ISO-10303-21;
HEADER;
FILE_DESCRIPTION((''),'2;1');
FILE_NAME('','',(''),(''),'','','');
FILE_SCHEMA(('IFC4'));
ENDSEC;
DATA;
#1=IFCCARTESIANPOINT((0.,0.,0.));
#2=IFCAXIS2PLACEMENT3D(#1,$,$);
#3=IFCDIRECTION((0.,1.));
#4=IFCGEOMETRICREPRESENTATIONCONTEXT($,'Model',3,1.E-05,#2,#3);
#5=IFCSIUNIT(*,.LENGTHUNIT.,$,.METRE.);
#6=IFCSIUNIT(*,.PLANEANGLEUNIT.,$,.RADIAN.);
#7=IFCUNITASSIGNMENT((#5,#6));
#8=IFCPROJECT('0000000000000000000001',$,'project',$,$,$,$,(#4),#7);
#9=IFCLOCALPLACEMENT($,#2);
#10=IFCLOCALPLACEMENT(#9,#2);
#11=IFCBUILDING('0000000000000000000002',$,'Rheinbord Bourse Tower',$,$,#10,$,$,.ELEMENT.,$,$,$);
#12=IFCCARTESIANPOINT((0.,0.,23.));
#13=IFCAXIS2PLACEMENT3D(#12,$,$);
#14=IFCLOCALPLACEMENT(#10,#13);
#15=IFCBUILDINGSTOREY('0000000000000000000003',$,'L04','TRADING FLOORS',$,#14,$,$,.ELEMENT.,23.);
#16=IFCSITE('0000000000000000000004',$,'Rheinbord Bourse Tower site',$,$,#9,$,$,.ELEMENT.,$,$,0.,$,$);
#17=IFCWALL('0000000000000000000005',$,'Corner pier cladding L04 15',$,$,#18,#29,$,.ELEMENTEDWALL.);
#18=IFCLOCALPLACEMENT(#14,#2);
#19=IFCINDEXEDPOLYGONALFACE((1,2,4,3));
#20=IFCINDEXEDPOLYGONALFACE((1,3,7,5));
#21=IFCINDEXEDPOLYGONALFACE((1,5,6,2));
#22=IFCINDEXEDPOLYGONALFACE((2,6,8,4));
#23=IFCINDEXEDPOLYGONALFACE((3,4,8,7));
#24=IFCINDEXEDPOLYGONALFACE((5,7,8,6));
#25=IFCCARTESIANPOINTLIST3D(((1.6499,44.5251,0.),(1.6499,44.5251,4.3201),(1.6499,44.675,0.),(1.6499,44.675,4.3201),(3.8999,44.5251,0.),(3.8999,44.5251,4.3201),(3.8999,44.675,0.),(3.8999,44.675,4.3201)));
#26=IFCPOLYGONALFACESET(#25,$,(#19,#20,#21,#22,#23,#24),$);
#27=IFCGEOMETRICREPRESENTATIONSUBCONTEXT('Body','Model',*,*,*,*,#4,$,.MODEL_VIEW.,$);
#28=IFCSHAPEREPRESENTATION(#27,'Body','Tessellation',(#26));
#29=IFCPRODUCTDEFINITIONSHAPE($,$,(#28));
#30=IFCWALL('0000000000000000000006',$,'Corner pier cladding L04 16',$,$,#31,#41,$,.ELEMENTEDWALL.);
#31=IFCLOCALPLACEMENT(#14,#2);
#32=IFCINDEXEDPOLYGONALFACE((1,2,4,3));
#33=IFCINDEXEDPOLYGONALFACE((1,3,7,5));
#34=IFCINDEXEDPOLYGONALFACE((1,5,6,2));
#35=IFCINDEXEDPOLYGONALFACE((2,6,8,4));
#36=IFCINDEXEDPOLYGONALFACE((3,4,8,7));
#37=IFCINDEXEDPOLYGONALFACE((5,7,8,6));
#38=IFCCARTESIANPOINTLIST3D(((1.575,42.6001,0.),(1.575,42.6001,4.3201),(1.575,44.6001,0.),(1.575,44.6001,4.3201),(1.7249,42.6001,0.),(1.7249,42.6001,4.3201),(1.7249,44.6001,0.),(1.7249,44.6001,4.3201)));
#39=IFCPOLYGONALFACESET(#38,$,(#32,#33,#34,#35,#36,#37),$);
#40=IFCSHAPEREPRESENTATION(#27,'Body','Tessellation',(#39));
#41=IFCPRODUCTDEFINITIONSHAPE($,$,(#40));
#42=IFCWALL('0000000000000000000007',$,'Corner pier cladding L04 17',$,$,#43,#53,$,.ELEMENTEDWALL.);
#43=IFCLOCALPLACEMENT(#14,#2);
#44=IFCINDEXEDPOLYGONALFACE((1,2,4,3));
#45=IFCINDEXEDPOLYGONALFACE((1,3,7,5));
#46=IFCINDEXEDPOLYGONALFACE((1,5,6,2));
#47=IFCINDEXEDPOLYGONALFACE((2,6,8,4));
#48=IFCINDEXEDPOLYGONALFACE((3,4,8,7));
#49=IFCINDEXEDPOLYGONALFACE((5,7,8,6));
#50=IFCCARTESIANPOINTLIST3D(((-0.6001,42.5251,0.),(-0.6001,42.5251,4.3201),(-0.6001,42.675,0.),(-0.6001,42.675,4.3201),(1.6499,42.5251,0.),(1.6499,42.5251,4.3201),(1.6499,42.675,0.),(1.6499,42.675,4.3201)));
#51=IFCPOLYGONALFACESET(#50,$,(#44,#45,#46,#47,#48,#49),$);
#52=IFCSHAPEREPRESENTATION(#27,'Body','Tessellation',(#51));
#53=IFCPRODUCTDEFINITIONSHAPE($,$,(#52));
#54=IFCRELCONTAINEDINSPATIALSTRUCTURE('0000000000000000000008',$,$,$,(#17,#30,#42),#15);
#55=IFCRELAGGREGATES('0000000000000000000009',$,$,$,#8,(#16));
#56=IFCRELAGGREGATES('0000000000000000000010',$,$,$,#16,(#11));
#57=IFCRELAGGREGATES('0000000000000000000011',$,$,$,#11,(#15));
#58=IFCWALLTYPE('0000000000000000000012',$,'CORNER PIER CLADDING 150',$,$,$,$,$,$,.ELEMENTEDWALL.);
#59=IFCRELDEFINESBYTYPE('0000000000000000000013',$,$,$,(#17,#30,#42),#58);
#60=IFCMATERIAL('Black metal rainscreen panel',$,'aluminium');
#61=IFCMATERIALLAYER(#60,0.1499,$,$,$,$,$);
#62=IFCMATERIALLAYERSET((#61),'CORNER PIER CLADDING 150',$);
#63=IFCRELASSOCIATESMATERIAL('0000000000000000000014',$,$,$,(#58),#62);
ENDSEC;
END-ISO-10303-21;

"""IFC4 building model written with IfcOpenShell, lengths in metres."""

from ifc_helpers import new_model, si_unit, direction, frame, frame_2d, origin, place, context, subcontext, project, spatial, rectangle, extrude, material, layer, layer_set, type_object, element, save


model = new_model("IFC4")

# Units and contexts
model_context = context("Model", 3, precision=1e-05, world=origin(), true_north=direction((0.0, 1.0)))
body_context = subcontext(model_context, "Body", "Model", "MODEL_VIEW")
ifc_project = project(units=[si_unit("LENGTHUNIT", "METRE"), si_unit("PLANEANGLEUNIT", "RADIAN")], contexts=[model_context])

# Site, building, storey
site_placement = place(None, origin())
site = spatial("IfcSite", under=ifc_project, at=site_placement, Name="Rheinbord Bourse Tower site", CompositionType="ELEMENT", RefElevation=0.0)
building_placement = place(site_placement, origin())
building = spatial("IfcBuilding", under=site, at=building_placement, Name="Rheinbord Bourse Tower", CompositionType="ELEMENT")
storey_placement = place(building_placement, frame((0.0, 0.0, 23.0)))
storey = spatial("IfcBuildingStorey", under=building, at=storey_placement, Name="L04", Description="TRADING FLOORS", CompositionType="ELEMENT", Elevation=23.0)

# Walls
ifc_material_1 = material(Name="Black metal rainscreen panel", Category="aluminium")
ifc_layer_1 = layer(ifc_material_1, 0.1499)
ifc_layer_set_1 = layer_set([ifc_layer_1], Name="CORNER PIER CLADDING 150")
wall_type = type_object("IfcWallType", Name="CORNER PIER CLADDING 150", PredefinedType="ELEMENTEDWALL", material=ifc_layer_set_1)
wall_1_placement = place(storey_placement, frame((3.8999, 44.6001, 0.0), z_axis=(0.0, 0.0, 1.0), x_axis=(-1.0, 0.0, 0.0)))
element("IfcWall", 1, at=wall_1_placement, inside=storey, type_object=wall_type, Name="Corner pier cladding L04 15", PredefinedType="ELEMENTEDWALL", context=body_context, shape_type="SweptSolid", body=[
    extrude(rectangle(XDim=2.25, YDim=0.1499, at=frame_2d((1.125, 0.0))), origin(), (0.0, 0.0, 1.0), 4.3201),
])
wall_2_placement = place(storey_placement, frame((1.6499, 44.6001, 0.0), z_axis=(0.0, 0.0, 1.0), x_axis=(0.0, -1.0, 0.0)))
element("IfcWall", 2, at=wall_2_placement, inside=storey, type_object=wall_type, Name="Corner pier cladding L04 16", PredefinedType="ELEMENTEDWALL", context=body_context, shape_type="SweptSolid", body=[
    extrude(rectangle(XDim=2.0, YDim=0.1499, at=frame_2d((1.0, 0.0))), origin(), (0.0, 0.0, 1.0), 4.3201),
])
wall_3_placement = place(storey_placement, frame((1.6499, 42.6001, 0.0), z_axis=(0.0, 0.0, 1.0), x_axis=(-1.0, 0.0, 0.0)))
element("IfcWall", 3, at=wall_3_placement, inside=storey, type_object=wall_type, Name="Corner pier cladding L04 17", PredefinedType="ELEMENTEDWALL", context=body_context, shape_type="SweptSolid", body=[
    extrude(rectangle(XDim=2.25, YDim=0.1499, at=frame_2d((1.125, 0.0))), origin(), (0.0, 0.0, 1.0), 4.3201),
])

save(model, "model.ifc")
